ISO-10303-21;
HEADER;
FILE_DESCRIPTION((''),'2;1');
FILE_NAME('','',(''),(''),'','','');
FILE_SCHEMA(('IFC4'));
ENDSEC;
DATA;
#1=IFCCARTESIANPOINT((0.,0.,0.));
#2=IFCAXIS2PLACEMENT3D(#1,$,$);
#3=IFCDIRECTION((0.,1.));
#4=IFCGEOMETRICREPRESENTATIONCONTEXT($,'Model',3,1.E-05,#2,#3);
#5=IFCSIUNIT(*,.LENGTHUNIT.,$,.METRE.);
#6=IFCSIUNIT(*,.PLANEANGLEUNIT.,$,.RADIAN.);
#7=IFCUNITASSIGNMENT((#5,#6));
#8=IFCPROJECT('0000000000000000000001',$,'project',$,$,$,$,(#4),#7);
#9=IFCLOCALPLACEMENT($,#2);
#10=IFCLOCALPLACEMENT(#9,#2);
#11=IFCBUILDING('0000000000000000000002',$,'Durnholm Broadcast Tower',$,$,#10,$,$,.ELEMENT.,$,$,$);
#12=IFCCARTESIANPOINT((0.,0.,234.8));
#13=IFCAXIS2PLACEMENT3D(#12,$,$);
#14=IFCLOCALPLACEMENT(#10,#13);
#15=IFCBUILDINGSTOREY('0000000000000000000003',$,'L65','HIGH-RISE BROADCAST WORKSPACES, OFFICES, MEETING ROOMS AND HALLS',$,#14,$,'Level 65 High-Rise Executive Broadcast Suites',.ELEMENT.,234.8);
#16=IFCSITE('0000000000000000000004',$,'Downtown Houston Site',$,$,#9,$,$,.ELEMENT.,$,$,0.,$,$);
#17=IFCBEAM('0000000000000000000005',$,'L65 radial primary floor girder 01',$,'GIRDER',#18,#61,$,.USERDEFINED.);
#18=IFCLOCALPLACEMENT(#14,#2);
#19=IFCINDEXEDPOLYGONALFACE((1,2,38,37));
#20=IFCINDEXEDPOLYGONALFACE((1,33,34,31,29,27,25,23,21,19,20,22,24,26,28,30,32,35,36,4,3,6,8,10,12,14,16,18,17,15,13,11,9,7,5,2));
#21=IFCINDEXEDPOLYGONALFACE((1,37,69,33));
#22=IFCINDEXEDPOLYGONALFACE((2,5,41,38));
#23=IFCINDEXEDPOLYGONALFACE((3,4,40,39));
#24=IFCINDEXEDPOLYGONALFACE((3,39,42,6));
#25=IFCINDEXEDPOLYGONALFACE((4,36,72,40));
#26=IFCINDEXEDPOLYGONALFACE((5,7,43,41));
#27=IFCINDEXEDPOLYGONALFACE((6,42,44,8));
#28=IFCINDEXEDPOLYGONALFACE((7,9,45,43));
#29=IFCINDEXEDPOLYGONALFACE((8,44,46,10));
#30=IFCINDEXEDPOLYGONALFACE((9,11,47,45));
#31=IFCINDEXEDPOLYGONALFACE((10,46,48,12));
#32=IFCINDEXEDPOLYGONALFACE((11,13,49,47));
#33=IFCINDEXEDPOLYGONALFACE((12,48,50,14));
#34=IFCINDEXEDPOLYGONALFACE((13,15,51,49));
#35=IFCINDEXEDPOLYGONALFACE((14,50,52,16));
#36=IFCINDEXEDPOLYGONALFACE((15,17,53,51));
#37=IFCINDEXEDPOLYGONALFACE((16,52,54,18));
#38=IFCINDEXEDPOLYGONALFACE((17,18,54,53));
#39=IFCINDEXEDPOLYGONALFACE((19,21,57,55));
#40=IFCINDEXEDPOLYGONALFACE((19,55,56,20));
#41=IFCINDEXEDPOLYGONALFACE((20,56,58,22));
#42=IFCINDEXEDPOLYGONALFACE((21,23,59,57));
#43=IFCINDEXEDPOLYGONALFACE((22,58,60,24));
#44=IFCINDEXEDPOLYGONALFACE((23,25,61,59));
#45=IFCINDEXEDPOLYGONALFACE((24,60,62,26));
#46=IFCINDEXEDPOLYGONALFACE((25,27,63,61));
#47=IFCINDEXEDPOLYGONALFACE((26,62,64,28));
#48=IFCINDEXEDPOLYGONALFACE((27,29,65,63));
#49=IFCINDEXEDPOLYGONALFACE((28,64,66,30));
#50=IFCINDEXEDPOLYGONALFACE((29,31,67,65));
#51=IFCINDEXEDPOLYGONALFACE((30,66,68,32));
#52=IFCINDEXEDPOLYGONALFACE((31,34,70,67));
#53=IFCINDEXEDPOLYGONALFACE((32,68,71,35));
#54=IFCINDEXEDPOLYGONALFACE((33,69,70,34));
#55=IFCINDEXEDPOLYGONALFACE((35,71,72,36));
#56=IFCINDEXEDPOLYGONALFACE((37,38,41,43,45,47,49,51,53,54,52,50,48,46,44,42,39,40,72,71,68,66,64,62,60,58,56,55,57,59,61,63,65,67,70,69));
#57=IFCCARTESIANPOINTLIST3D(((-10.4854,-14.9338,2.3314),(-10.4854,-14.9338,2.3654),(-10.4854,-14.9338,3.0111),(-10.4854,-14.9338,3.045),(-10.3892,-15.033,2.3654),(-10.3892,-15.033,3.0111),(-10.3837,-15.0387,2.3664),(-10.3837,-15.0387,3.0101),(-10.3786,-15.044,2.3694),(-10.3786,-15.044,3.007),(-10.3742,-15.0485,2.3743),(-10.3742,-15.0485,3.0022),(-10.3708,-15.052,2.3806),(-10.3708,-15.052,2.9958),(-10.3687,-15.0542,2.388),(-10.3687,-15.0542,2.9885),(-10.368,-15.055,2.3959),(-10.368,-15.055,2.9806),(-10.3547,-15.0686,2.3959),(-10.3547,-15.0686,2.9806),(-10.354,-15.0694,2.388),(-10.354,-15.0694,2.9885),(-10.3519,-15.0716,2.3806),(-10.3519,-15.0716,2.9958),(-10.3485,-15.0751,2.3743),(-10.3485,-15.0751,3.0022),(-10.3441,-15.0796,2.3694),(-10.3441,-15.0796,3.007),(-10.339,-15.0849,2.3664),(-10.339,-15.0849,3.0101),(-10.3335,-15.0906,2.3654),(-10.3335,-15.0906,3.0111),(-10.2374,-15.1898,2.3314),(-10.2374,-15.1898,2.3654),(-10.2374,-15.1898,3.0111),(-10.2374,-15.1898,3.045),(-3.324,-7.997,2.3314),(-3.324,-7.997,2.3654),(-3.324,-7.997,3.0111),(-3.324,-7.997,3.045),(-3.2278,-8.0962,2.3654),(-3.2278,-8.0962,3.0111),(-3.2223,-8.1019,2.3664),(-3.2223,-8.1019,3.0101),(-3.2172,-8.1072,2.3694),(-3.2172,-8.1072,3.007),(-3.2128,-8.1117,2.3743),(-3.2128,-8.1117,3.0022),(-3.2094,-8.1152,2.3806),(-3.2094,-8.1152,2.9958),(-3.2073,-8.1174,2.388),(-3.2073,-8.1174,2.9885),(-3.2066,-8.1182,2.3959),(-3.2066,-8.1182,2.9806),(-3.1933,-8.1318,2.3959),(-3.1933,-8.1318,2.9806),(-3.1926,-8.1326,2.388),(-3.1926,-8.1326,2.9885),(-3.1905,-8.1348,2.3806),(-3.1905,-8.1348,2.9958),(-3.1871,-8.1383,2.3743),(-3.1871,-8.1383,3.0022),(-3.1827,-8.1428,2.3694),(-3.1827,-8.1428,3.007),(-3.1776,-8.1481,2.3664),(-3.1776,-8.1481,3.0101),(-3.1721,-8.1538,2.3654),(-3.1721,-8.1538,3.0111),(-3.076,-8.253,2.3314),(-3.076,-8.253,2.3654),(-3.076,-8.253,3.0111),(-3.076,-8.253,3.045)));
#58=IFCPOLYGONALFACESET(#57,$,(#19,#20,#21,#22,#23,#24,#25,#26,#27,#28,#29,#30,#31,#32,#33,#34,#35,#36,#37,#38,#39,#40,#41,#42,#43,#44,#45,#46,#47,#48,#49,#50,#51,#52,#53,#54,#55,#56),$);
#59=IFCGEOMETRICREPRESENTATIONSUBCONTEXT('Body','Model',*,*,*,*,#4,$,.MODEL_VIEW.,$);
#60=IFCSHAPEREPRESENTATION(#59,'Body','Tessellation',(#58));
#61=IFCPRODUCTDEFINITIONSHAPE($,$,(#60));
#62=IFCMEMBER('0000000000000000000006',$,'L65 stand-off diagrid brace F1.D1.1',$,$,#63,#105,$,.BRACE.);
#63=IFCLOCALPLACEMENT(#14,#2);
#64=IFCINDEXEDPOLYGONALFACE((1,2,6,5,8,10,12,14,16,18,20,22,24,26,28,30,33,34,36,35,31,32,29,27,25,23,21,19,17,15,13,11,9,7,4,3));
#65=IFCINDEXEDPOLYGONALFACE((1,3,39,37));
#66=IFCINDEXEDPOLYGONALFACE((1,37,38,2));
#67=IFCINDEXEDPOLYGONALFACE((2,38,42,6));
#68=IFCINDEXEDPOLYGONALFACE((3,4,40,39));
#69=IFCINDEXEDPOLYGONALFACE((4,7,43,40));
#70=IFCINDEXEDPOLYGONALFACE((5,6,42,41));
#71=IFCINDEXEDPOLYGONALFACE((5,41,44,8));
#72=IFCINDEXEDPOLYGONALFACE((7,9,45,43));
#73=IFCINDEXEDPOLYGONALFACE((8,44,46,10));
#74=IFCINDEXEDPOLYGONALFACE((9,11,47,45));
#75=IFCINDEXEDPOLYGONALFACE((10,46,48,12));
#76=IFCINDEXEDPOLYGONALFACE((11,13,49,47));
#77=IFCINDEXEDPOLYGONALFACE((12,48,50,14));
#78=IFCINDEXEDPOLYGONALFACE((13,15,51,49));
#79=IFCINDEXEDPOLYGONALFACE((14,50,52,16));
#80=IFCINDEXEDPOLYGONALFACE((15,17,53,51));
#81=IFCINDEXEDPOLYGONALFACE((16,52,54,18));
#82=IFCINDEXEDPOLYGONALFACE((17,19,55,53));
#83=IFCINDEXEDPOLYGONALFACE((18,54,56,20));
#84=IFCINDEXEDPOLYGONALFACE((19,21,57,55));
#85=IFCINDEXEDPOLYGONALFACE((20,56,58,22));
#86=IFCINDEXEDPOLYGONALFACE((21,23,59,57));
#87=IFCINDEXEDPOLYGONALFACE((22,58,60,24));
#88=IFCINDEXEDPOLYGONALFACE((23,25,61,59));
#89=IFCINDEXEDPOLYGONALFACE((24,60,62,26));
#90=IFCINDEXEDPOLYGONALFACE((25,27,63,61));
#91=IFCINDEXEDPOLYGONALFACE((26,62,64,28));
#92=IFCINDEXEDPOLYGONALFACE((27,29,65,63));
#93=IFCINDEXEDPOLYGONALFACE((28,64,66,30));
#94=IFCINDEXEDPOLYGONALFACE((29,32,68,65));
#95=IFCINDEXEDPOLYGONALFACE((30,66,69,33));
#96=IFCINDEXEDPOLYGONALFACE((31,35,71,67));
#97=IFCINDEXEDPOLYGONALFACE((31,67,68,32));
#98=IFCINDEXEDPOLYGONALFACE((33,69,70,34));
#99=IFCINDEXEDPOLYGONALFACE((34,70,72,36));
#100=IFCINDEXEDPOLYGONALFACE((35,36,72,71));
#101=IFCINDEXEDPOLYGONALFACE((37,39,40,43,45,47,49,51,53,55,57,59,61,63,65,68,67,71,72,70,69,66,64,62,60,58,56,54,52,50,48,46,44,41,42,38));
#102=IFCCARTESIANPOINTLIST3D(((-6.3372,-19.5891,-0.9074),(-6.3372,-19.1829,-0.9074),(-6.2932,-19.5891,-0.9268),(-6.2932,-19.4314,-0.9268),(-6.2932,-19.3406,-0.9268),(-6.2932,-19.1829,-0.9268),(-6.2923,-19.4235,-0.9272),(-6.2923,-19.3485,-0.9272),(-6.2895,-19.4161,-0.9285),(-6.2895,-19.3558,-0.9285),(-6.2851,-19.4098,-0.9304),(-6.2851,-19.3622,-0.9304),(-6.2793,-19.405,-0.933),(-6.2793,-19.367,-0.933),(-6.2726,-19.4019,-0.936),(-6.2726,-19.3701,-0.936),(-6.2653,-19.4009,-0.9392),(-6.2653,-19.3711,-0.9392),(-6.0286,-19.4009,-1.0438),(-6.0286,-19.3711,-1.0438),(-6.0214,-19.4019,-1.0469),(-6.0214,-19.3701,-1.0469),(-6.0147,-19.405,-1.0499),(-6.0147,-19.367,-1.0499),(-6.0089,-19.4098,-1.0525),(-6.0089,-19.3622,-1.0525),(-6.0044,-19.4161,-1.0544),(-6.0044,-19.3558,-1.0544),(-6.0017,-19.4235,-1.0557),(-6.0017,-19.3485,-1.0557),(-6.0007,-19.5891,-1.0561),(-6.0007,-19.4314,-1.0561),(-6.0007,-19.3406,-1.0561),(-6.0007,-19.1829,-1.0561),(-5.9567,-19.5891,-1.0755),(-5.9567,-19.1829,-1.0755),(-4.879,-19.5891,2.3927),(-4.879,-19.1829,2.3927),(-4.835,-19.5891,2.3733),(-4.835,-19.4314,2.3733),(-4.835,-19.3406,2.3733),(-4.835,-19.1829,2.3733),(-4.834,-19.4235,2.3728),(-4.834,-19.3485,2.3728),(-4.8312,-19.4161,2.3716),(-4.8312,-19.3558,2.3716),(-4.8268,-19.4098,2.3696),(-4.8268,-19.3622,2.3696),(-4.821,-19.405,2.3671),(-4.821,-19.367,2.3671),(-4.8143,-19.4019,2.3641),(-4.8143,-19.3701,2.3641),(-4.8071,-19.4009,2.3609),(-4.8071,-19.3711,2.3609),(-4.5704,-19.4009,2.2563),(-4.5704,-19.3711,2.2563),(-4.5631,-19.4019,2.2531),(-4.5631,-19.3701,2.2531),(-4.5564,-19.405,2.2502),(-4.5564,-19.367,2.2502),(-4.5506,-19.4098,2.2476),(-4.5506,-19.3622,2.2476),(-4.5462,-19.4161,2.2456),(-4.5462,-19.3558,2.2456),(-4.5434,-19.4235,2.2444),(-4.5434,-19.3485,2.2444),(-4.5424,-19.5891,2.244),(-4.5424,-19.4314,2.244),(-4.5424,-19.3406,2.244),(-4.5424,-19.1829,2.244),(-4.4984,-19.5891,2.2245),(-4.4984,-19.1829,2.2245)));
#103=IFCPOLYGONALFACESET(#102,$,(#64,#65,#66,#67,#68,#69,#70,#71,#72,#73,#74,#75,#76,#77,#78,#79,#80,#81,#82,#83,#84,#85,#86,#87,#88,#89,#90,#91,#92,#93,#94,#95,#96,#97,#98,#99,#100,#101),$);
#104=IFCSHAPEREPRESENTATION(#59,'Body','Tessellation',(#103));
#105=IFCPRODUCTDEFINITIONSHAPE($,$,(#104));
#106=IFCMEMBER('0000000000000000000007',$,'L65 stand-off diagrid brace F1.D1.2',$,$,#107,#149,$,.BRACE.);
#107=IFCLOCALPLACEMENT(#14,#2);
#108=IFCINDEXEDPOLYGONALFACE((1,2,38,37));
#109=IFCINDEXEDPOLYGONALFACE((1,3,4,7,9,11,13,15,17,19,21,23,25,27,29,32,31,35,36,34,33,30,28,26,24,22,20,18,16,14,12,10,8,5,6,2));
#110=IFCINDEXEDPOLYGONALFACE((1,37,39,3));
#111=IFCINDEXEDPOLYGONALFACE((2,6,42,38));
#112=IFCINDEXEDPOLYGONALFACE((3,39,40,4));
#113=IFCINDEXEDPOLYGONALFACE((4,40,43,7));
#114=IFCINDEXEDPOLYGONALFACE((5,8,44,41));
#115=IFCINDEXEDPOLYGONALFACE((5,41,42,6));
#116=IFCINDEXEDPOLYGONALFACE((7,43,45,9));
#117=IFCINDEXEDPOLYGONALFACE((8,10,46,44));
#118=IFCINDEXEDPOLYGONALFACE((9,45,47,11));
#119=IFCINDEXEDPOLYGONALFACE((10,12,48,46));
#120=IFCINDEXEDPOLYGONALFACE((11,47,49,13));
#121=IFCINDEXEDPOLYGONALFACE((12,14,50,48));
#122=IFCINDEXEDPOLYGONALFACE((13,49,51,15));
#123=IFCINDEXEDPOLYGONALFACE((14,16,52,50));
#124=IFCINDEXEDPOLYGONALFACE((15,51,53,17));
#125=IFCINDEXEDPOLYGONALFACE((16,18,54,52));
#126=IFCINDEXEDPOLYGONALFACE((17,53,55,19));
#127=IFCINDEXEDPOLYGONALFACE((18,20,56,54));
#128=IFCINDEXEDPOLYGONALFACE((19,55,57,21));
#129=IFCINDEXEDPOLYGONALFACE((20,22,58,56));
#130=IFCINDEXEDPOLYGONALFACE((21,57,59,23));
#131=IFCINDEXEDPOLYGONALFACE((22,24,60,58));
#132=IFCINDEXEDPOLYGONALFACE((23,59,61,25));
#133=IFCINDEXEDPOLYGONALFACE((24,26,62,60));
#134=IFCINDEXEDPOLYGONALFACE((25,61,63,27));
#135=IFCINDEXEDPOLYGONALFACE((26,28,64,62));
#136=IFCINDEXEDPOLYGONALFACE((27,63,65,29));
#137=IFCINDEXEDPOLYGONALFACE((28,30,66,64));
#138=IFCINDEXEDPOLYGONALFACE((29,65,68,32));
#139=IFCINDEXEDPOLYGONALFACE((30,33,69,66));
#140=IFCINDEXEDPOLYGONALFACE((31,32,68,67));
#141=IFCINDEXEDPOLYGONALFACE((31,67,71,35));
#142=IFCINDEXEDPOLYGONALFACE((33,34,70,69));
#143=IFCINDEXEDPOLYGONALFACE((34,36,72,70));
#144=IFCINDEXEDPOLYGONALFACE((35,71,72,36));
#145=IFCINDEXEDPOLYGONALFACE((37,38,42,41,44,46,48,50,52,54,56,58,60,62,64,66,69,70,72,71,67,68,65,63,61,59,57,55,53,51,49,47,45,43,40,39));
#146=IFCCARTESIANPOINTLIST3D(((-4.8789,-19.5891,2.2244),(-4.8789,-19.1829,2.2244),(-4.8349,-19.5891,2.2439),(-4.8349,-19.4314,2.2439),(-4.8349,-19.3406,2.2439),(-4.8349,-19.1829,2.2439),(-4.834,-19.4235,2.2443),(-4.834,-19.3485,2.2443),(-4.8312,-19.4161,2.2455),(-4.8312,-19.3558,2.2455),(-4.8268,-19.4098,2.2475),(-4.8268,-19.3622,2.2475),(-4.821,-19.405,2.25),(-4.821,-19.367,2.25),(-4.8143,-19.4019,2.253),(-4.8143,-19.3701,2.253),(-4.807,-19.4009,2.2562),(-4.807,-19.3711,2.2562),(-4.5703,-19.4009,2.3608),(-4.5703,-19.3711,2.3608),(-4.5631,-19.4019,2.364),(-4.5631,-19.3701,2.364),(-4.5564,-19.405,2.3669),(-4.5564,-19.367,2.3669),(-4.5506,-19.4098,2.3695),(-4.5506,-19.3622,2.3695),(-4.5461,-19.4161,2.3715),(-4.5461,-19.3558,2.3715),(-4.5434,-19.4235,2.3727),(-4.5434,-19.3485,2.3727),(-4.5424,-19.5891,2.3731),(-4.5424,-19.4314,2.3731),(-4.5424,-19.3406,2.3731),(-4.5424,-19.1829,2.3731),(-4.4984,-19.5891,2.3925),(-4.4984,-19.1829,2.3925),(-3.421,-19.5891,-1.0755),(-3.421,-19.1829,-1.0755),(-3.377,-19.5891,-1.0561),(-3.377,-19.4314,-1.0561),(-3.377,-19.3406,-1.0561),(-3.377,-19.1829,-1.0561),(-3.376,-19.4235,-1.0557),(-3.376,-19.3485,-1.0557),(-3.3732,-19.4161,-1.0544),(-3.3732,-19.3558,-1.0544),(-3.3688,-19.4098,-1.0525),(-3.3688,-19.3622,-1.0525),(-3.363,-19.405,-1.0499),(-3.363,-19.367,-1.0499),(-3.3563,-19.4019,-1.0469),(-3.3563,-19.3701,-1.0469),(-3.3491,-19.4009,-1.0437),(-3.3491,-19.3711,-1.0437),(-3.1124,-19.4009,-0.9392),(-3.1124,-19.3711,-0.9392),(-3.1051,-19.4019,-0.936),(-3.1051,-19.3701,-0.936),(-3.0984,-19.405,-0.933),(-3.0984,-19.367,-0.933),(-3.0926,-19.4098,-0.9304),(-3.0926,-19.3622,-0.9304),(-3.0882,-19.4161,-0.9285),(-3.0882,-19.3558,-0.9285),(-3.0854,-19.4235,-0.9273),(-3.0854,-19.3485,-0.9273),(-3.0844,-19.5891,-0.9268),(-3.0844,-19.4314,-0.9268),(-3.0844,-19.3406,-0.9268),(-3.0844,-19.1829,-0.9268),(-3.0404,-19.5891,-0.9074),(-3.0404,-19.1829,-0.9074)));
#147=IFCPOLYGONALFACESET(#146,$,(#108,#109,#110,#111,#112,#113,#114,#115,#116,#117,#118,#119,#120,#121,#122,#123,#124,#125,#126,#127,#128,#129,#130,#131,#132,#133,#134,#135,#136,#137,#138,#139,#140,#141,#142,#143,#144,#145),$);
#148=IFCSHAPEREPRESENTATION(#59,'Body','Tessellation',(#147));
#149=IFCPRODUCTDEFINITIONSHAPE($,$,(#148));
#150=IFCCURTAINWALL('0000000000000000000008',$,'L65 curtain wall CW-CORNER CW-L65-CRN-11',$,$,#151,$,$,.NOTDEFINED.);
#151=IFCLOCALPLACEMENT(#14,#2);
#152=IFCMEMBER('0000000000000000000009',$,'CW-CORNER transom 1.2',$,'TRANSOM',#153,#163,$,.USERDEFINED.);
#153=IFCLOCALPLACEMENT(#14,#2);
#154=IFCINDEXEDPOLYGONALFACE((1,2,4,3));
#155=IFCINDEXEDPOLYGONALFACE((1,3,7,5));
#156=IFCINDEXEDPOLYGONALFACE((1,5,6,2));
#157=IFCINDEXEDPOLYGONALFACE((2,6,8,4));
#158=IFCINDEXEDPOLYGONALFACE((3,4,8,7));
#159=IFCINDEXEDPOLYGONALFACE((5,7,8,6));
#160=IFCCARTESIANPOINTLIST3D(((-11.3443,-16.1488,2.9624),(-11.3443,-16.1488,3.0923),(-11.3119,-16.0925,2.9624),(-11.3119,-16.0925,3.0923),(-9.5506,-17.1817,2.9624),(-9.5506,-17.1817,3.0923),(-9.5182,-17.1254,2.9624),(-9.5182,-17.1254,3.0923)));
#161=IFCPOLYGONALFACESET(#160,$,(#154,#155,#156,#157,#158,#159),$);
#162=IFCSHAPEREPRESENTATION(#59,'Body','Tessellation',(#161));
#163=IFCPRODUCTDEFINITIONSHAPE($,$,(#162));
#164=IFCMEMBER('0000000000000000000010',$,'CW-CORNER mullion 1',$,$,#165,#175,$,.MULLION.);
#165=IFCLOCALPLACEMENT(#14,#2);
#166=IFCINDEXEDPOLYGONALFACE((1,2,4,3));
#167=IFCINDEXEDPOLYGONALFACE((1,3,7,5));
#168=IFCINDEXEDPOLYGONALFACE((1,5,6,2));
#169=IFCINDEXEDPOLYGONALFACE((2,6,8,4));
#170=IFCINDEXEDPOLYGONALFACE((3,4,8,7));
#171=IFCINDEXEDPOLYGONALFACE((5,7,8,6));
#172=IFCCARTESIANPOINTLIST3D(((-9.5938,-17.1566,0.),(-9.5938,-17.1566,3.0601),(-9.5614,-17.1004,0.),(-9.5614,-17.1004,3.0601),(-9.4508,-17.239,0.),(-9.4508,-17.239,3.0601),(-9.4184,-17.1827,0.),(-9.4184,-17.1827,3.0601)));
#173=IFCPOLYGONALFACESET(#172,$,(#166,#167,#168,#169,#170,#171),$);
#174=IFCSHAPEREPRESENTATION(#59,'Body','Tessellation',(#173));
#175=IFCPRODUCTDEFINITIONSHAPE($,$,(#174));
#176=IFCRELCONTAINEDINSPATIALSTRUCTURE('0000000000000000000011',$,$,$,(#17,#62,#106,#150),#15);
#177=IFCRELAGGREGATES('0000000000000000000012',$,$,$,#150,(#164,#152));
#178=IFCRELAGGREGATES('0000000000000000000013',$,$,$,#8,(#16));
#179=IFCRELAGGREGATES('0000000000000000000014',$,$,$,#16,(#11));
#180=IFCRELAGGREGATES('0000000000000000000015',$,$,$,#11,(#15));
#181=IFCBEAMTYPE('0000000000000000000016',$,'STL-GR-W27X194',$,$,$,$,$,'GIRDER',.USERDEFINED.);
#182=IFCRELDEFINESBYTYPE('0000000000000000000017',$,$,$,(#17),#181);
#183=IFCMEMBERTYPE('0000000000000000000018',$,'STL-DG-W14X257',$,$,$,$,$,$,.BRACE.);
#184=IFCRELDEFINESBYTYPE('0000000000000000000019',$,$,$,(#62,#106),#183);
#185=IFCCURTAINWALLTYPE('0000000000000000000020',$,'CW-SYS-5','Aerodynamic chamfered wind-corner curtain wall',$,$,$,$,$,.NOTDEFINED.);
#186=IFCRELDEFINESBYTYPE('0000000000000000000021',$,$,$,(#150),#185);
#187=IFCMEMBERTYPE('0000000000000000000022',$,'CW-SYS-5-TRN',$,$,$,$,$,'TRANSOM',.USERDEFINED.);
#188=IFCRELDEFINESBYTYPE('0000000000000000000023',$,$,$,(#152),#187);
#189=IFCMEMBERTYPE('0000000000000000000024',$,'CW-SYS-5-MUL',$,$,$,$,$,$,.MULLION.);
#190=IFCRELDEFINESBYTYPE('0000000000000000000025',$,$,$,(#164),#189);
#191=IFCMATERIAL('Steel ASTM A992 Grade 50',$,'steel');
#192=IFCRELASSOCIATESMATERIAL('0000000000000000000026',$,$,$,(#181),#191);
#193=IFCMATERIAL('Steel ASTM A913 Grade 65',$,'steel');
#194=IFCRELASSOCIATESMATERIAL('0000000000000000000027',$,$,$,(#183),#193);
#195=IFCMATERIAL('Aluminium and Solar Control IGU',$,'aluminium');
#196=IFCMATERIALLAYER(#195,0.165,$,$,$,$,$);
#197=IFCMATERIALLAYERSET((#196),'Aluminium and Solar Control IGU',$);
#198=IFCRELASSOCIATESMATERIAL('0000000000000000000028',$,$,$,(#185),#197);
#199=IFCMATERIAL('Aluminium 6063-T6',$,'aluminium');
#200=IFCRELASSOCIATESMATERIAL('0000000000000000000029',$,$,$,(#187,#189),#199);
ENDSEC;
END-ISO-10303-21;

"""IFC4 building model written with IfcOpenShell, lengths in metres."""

from ifc_helpers import new_model, si_unit, direction, frame, origin, origin_2d, place, context, subcontext, project, spatial, rectangle, i_section, extrude, source, transform, mapped, material, layer, layer_set, material_profile, profile_set, type_object, type_shapes, element, aggregate, save


model = new_model("IFC4")

# Units and contexts
model_context = context("Model", 3, precision=1e-05, world=origin(), true_north=direction((0.0, 1.0)))
body_context = subcontext(model_context, "Body", "Model", "MODEL_VIEW")
ifc_project = project(units=[si_unit("LENGTHUNIT", "METRE"), si_unit("PLANEANGLEUNIT", "RADIAN")], contexts=[model_context])

# Site, building, storey
site_placement = place(None, origin())
site = spatial("IfcSite", under=ifc_project, at=site_placement, Name="Downtown Houston Site", CompositionType="ELEMENT", RefElevation=0.0)
building_placement = place(site_placement, origin())
building = spatial("IfcBuilding", under=site, at=building_placement, Name="Durnholm Broadcast Tower", CompositionType="ELEMENT")
storey_placement = place(building_placement, frame((0.0, 0.0, 234.8)))
storey = spatial("IfcBuildingStorey", under=building, at=storey_placement, Name="L65", Description="HIGH-RISE BROADCAST WORKSPACES, OFFICES, MEETING ROOMS AND HALLS", LongName="Level 65 High-Rise Executive Broadcast Suites", CompositionType="ELEMENT", Elevation=234.8)

# Beam
ifc_material_1 = material(Name="Steel ASTM A992 Grade 50", Category="steel")
ifc_material_profile_1 = material_profile(ifc_material_1, i_section(OverallWidth=0.3564, OverallDepth=0.7136, WebThickness=0.019, FlangeThickness=0.0339, FilletRadius=0.0305, at=origin_2d()), Name="W27X194")
ifc_profile_set_1 = profile_set([ifc_material_profile_1], Name="Steel ASTM A992 Grade 50")
beam_type_1 = type_object("IfcBeamType", Name="STL-GR-W27X194", ElementType="GIRDER", PredefinedType="USERDEFINED", material=ifc_profile_set_1)
shared_shape_1 = source(origin(), body_context, "Body", "SweptSolid", [
    extrude(i_section(OverallWidth=0.3564, OverallDepth=0.7136, WebThickness=0.019, FlangeThickness=0.0339, FilletRadius=0.0305, at=origin_2d()), origin(), (0.0, 0.0, 1.0), 9.9702),
])
type_shapes(beam_type_1, [shared_shape_1])
beam_1_placement = place(storey_placement, frame((-3.2, -8.125, 2.6882), z_axis=(-0.718281, -0.695753, 0.0), x_axis=(0.695753, -0.718281, 0.0)))
element("IfcBeam", 1, at=beam_1_placement, inside=storey, type_object=beam_type_1, Name="L65 radial primary floor girder 01", ObjectType="GIRDER", PredefinedType="USERDEFINED", context=body_context, shape_type="MappedRepresentation", body=[
    mapped(shared_shape_1, transform((0.0, 0.0, 0.0), x_axis=(1.0, 0.0, 0.0), y_axis=(0.0, 1.0, 0.0), z_axis=(0.0, 0.0, 1.0), scale=1.0)),
])

# Members
ifc_material_2 = material(Name="Steel ASTM A913 Grade 65", Category="steel")
ifc_material_profile_2 = material_profile(ifc_material_2, i_section(OverallWidth=0.4062, OverallDepth=0.416, WebThickness=0.0298, FlangeThickness=0.0481, FilletRadius=0.0305, at=origin_2d()), Name="W14X257")
ifc_profile_set_2 = profile_set([ifc_material_profile_2], Name="Steel ASTM A913 Grade 65")
member_type_1 = type_object("IfcMemberType", Name="STL-DG-W14X257", PredefinedType="BRACE", material=ifc_profile_set_2)
shared_shape_2 = source(origin(), body_context, "Body", "SweptSolid", [
    extrude(i_section(OverallWidth=0.4062, OverallDepth=0.416, WebThickness=0.0298, FlangeThickness=0.0481, FilletRadius=0.0305, at=origin_2d()), origin(), (0.0, 0.0, 1.0), 3.6079),
])
member_1_placement = place(storey_placement, frame((-6.147, -19.386, -0.9915), z_axis=(0.404185, 0.0, 0.914677), x_axis=(0.0, 1.0, 0.0)))
element("IfcMember", 2, at=member_1_placement, inside=storey, type_object=member_type_1, Name="L65 stand-off diagrid brace F1.D1.1", PredefinedType="BRACE", context=body_context, shape_type="MappedRepresentation", body=[
    mapped(shared_shape_2, transform((0.0, 0.0, 0.0), x_axis=(1.0, 0.0, 0.0), y_axis=(0.0, 1.0, 0.0), z_axis=(0.0, 0.0, 1.0), scale=1.0)),
])
shared_shape_3 = source(origin(), body_context, "Body", "SweptSolid", [
    extrude(i_section(OverallWidth=0.4062, OverallDepth=0.416, WebThickness=0.0298, FlangeThickness=0.0481, FilletRadius=0.0305, at=origin_2d()), origin(), (0.0, 0.0, 1.0), 3.6077),
])
type_shapes(member_type_1, [shared_shape_2, shared_shape_3])
member_2_placement = place(storey_placement, frame((-3.2307, -19.386, -0.9915), z_axis=(-0.404128, 0.0, 0.914702), x_axis=(0.0, -1.0, 0.0)))
element("IfcMember", 3, at=member_2_placement, inside=storey, type_object=member_type_1, Name="L65 stand-off diagrid brace F1.D1.2", PredefinedType="BRACE", context=body_context, shape_type="MappedRepresentation", body=[
    mapped(shared_shape_3, transform((0.0, 0.0, 0.0), x_axis=(1.0, 0.0, 0.0), y_axis=(0.0, 1.0, 0.0), z_axis=(0.0, 0.0, 1.0), scale=1.0)),
])

# Curtain wall, members
ifc_material_3 = material(Name="Aluminium and Solar Control IGU", Category="aluminium")
ifc_layer_1 = layer(ifc_material_3, 0.165)
ifc_layer_set_1 = layer_set([ifc_layer_1], Name="Aluminium and Solar Control IGU")
curtain_wall_type_1 = type_object("IfcCurtainWallType", Name="CW-SYS-5", Description="Aerodynamic chamfered wind-corner curtain wall", PredefinedType="NOTDEFINED", material=ifc_layer_set_1)
curtain_wall_1_placement = place(storey_placement, origin())
curtain_wall_1 = element("IfcCurtainWall", 4, at=curtain_wall_1_placement, inside=storey, type_object=curtain_wall_type_1, Name="L65 curtain wall CW-CORNER CW-L65-CRN-11", PredefinedType="NOTDEFINED")
ifc_material_4 = material(Name="Aluminium 6063-T6", Category="aluminium")
ifc_material_profile_3 = material_profile(ifc_material_4, rectangle(XDim=0.0649, YDim=0.1299, at=origin_2d()), Name="CWT65X130")
ifc_profile_set_3 = profile_set([ifc_material_profile_3], Name="Aluminium 6063-T6")
member_type_2 = type_object("IfcMemberType", Name="CW-SYS-5-TRN", ElementType="TRANSOM", PredefinedType="USERDEFINED", material=ifc_profile_set_3)
shared_shape_4 = source(origin(), body_context, "Body", "SweptSolid", [
    extrude(rectangle(XDim=0.0649, YDim=0.1299, at=origin_2d()), origin(), (0.0, 0.0, 1.0), 2.0698),
])
type_shapes(member_type_2, [shared_shape_4])
member_3_placement = place(storey_placement, frame((-9.5344, -17.1536, 3.0273), z_axis=(-0.866576, 0.499045, 0.0), x_axis=(-0.499045, -0.866576, 0.0)))
member_3 = element("IfcMember", 5, at=member_3_placement, type_object=member_type_2, Name="CW-CORNER transom 1.2", ObjectType="TRANSOM", PredefinedType="USERDEFINED", context=body_context, shape_type="MappedRepresentation", body=[
    mapped(shared_shape_4, transform((0.0, 0.0, 0.0), x_axis=(1.0, 0.0, 0.0), y_axis=(0.0, 1.0, 0.0), z_axis=(0.0, 0.0, 1.0), scale=1.0)),
])
ifc_material_profile_4 = material_profile(ifc_material_4, rectangle(XDim=0.0649, YDim=0.165, at=origin_2d()), Name="CWM65X165")
ifc_profile_set_4 = profile_set([ifc_material_profile_4], Name="Aluminium 6063-T6")
member_type_3 = type_object("IfcMemberType", Name="CW-SYS-5-MUL", PredefinedType="MULLION", material=ifc_profile_set_4)
shared_shape_5 = source(origin(), body_context, "Body", "SweptSolid", [
    extrude(rectangle(XDim=0.0649, YDim=0.165, at=origin_2d()), origin(), (0.0, 0.0, 1.0), 3.0601),
])
type_shapes(member_type_3, [shared_shape_5])
member_4_placement = place(storey_placement, frame((-9.5061, -17.1697, 0.0), z_axis=(0.0, 0.0, 1.0), x_axis=(-0.499059, -0.866568, 0.0)))
member_4 = element("IfcMember", 6, at=member_4_placement, type_object=member_type_3, Name="CW-CORNER mullion 1", PredefinedType="MULLION", context=body_context, shape_type="MappedRepresentation", body=[
    mapped(shared_shape_5, transform((0.0, 0.0, 0.0), x_axis=(1.0, 0.0, 0.0), y_axis=(0.0, 1.0, 0.0), z_axis=(0.0, 0.0, 1.0), scale=1.0)),
])
aggregate(curtain_wall_1, [member_4, member_3])

save(model, "model.ifc")
